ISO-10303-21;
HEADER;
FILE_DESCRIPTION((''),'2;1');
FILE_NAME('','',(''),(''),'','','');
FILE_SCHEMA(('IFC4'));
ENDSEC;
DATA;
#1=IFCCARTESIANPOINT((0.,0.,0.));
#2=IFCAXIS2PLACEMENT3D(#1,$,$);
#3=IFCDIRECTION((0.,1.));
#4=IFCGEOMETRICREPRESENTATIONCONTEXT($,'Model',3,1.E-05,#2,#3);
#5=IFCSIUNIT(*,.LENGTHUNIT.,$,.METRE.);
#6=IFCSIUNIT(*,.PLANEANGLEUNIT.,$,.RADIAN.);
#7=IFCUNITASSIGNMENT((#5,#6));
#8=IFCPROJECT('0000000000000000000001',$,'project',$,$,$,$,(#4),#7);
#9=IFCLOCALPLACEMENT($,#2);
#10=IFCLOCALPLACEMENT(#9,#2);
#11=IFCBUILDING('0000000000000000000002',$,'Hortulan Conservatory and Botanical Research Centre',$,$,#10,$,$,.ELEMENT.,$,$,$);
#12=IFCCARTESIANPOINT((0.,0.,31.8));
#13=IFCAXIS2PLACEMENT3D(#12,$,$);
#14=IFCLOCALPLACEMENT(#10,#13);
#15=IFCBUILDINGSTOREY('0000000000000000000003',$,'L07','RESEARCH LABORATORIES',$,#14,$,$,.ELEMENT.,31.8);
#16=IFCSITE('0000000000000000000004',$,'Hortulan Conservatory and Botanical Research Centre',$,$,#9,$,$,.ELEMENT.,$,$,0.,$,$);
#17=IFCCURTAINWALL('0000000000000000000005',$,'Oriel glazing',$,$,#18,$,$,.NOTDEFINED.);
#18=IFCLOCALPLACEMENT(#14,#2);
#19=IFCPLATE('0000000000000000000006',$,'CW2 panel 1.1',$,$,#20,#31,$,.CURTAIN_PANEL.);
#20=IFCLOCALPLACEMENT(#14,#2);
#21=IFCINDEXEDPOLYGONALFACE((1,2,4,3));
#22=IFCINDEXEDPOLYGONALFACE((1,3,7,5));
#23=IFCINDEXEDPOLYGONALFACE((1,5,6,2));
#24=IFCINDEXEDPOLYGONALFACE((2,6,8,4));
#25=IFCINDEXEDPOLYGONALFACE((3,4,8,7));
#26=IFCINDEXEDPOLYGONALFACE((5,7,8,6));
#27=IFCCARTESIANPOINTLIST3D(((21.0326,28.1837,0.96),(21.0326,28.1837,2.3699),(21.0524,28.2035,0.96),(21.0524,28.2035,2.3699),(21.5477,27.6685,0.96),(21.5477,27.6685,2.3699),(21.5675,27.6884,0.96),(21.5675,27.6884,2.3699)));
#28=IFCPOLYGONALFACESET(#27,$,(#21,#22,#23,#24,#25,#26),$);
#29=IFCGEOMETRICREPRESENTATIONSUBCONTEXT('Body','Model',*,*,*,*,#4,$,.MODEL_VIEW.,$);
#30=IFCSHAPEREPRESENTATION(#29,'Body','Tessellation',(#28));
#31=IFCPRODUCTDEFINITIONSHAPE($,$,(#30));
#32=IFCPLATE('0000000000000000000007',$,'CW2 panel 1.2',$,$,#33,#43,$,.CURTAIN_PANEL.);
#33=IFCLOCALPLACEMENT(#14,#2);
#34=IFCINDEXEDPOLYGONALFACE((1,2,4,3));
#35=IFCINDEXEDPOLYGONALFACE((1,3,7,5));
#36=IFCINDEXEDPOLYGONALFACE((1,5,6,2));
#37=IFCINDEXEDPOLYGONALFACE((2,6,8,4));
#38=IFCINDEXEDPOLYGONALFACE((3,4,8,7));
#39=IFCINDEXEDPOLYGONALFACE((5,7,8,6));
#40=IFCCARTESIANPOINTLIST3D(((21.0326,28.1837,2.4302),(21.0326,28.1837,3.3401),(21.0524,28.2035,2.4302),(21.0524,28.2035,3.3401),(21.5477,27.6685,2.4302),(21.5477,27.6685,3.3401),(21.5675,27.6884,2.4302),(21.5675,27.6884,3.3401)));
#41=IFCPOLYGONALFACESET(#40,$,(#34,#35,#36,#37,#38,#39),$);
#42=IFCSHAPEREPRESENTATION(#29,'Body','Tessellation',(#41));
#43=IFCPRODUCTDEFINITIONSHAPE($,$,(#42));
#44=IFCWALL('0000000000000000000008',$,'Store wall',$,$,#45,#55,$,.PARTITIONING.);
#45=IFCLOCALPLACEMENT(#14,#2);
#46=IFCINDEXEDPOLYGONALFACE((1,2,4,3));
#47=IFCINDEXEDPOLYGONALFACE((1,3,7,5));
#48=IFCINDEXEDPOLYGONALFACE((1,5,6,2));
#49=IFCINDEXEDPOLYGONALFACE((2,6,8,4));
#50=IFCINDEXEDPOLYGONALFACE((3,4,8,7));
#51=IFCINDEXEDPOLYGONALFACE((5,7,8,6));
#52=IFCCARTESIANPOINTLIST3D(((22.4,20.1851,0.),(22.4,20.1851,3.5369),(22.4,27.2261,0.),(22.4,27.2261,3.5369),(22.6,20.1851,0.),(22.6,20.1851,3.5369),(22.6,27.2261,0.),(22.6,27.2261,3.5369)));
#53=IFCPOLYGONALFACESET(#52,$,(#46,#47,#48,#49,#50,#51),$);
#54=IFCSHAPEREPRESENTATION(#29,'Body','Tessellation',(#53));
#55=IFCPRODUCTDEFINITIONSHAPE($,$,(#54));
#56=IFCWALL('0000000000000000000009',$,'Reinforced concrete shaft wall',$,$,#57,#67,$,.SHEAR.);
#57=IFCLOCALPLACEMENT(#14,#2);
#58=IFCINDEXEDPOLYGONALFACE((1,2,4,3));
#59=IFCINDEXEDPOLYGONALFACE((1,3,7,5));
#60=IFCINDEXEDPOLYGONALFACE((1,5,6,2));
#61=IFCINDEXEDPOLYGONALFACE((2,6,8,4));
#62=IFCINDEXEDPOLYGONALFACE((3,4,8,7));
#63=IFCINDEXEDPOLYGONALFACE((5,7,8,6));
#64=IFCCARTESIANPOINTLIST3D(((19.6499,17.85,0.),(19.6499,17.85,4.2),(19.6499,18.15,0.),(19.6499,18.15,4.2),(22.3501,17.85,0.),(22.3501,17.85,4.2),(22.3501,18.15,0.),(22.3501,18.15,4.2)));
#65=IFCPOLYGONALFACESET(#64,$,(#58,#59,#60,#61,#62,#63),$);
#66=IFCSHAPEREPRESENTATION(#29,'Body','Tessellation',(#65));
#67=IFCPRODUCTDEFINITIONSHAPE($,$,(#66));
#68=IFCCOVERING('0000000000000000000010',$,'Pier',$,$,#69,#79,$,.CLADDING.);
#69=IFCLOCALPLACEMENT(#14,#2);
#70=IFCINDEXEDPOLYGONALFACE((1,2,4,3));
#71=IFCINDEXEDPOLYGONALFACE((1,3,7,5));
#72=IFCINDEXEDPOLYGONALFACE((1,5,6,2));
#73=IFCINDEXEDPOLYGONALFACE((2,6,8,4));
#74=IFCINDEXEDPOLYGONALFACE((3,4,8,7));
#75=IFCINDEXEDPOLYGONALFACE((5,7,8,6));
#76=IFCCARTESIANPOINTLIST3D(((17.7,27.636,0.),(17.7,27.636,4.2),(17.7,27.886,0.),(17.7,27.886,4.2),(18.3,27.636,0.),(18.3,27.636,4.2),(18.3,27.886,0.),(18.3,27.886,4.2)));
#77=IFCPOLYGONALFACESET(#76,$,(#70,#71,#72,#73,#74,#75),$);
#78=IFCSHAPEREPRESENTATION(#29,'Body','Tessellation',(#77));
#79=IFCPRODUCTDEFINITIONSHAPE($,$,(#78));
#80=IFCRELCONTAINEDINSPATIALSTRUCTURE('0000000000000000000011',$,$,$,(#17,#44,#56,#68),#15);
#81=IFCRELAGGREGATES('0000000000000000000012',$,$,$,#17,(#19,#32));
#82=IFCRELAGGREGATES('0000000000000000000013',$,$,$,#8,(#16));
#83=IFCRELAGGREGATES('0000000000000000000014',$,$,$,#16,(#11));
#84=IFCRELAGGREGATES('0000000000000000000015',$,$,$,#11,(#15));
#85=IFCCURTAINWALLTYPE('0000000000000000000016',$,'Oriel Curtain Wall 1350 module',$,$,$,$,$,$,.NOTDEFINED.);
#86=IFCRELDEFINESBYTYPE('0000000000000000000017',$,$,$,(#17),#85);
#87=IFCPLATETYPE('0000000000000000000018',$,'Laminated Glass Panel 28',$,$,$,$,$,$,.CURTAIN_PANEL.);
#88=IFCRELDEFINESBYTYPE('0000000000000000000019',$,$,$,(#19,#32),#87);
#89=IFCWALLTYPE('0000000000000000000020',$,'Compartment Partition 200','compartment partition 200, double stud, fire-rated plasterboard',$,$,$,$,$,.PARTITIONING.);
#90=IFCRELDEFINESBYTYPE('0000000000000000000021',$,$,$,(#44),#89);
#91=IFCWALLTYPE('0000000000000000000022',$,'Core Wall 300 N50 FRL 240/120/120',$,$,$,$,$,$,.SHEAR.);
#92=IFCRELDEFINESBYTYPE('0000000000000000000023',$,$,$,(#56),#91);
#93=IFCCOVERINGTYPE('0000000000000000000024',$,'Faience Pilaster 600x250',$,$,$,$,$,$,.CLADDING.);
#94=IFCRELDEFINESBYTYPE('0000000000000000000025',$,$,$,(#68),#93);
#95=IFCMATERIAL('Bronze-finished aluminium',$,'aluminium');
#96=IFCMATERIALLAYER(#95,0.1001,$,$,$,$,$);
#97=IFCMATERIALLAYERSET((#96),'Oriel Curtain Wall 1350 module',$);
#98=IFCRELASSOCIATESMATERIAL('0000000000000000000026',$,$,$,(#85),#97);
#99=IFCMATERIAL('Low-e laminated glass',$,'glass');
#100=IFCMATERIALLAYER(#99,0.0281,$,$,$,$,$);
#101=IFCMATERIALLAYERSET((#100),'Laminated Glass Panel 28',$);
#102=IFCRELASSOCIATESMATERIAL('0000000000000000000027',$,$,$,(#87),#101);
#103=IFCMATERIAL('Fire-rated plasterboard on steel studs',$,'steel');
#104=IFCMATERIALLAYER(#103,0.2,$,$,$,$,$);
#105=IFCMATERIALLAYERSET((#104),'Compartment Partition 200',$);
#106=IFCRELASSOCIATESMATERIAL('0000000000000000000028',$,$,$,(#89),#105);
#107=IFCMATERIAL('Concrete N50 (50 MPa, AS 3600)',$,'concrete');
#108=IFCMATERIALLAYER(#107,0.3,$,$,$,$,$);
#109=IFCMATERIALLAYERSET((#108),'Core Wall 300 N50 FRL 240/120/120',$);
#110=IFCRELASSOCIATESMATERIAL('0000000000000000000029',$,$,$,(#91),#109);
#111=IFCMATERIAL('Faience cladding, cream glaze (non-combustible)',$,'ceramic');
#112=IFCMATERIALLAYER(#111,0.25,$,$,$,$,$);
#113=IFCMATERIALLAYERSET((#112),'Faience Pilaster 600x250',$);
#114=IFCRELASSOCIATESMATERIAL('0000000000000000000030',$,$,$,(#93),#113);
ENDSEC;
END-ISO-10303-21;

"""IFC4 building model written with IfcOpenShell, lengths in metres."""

from ifc_helpers import new_model, si_unit, direction, frame, frame_2d, origin, origin_2d, place, context, subcontext, project, spatial, rectangle, extrude, material, layer, layer_set, type_object, element, aggregate, save


model = new_model("IFC4")

# Units and contexts
model_context = context("Model", 3, precision=1e-05, world=origin(), true_north=direction((0.0, 1.0)))
body_context = subcontext(model_context, "Body", "Model", "MODEL_VIEW")
ifc_project = project(units=[si_unit("LENGTHUNIT", "METRE"), si_unit("PLANEANGLEUNIT", "RADIAN")], contexts=[model_context])

# Site, building, storey
site_placement = place(None, origin())
site = spatial("IfcSite", under=ifc_project, at=site_placement, Name="Hortulan Conservatory and Botanical Research Centre", CompositionType="ELEMENT", RefElevation=0.0)
building_placement = place(site_placement, origin())
building = spatial("IfcBuilding", under=site, at=building_placement, Name="Hortulan Conservatory and Botanical Research Centre", CompositionType="ELEMENT")
storey_placement = place(building_placement, frame((0.0, 0.0, 31.8)))
storey = spatial("IfcBuildingStorey", under=building, at=storey_placement, Name="L07", Description="RESEARCH LABORATORIES", CompositionType="ELEMENT", Elevation=31.8)

# Curtain wall
ifc_material_1 = material(Name="Bronze-finished aluminium", Category="aluminium")
ifc_layer_1 = layer(ifc_material_1, 0.1001)
ifc_layer_set_1 = layer_set([ifc_layer_1], Name="Oriel Curtain Wall 1350 module")
curtain_wall_type = type_object("IfcCurtainWallType", Name="Oriel Curtain Wall 1350 module", PredefinedType="NOTDEFINED", material=ifc_layer_set_1)
curtain_wall_1_placement = place(storey_placement, origin())
curtain_wall_1 = element("IfcCurtainWall", 1, at=curtain_wall_1_placement, inside=storey, type_object=curtain_wall_type, Name="Oriel glazing", PredefinedType="NOTDEFINED")

# Plates
ifc_material_2 = material(Name="Low-e laminated glass", Category="glass")
ifc_layer_2 = layer(ifc_material_2, 0.0281)
ifc_layer_set_2 = layer_set([ifc_layer_2], Name="Laminated Glass Panel 28")
plate_type = type_object("IfcPlateType", Name="Laminated Glass Panel 28", PredefinedType="CURTAIN_PANEL", material=ifc_layer_set_2)
plate_1_placement = place(storey_placement, frame((21.3, 27.936, 0.96), z_axis=(0.0, 0.0, 1.0), x_axis=(0.707107, -0.707107, 0.0)))
plate_1 = element("IfcPlate", 2, at=plate_1_placement, type_object=plate_type, Name="CW2 panel 1.1", PredefinedType="CURTAIN_PANEL", context=body_context, shape_type="SweptSolid", body=[
    extrude(rectangle(XDim=0.7285, YDim=0.0281, at=origin_2d()), origin(), (0.0, 0.0, 1.0), 1.4099),
])
plate_2_placement = place(storey_placement, frame((21.3, 27.936, 2.4302), z_axis=(0.0, 0.0, 1.0), x_axis=(0.707107, -0.707107, 0.0)))
plate_2 = element("IfcPlate", 3, at=plate_2_placement, type_object=plate_type, Name="CW2 panel 1.2", PredefinedType="CURTAIN_PANEL", context=body_context, shape_type="SweptSolid", body=[
    extrude(rectangle(XDim=0.7285, YDim=0.0281, at=origin_2d()), origin(), (0.0, 0.0, 1.0), 0.9099),
])
aggregate(curtain_wall_1, [plate_1, plate_2])

# Walls
ifc_material_3 = material(Name="Fire-rated plasterboard on steel studs", Category="steel")
ifc_layer_3 = layer(ifc_material_3, 0.2)
ifc_layer_set_3 = layer_set([ifc_layer_3], Name="Compartment Partition 200")
wall_type_1 = type_object("IfcWallType", Name="Compartment Partition 200", Description="compartment partition 200, double stud, fire-rated plasterboard", PredefinedType="PARTITIONING", material=ifc_layer_set_3)
wall_1_placement = place(storey_placement, frame((22.5, 20.1851, 0.0), z_axis=(0.0, 0.0, 1.0), x_axis=(0.0, 1.0, 0.0)))
element("IfcWall", 4, at=wall_1_placement, inside=storey, type_object=wall_type_1, Name="Store wall", PredefinedType="PARTITIONING", context=body_context, shape_type="SweptSolid", body=[
    extrude(rectangle(XDim=7.041, YDim=0.2, at=frame_2d((3.5205, 0.0))), origin(), (0.0, 0.0, 1.0), 3.5369),
])
ifc_material_4 = material(Name="Concrete N50 (50 MPa, AS 3600)", Category="concrete")
ifc_layer_4 = layer(ifc_material_4, 0.3)
ifc_layer_set_4 = layer_set([ifc_layer_4], Name="Core Wall 300 N50 FRL 240/120/120")
wall_type_2 = type_object("IfcWallType", Name="Core Wall 300 N50 FRL 240/120/120", PredefinedType="SHEAR", material=ifc_layer_set_4)
wall_2_placement = place(storey_placement, frame((19.6499, 18.0, 0.0), z_axis=(0.0, 0.0, 1.0), x_axis=(1.0, 0.0, 0.0)))
element("IfcWall", 5, at=wall_2_placement, inside=storey, type_object=wall_type_2, Name="Reinforced concrete shaft wall", PredefinedType="SHEAR", context=body_context, shape_type="SweptSolid", body=[
    extrude(rectangle(XDim=2.7002, YDim=0.3, at=frame_2d((1.3501, 0.0))), origin(), (0.0, 0.0, 1.0), 4.2),
])

# Covering
ifc_material_5 = material(Name="Faience cladding, cream glaze (non-combustible)", Category="ceramic")
ifc_layer_5 = layer(ifc_material_5, 0.25)
ifc_layer_set_5 = layer_set([ifc_layer_5], Name="Faience Pilaster 600x250")
covering_type = type_object("IfcCoveringType", Name="Faience Pilaster 600x250", PredefinedType="CLADDING", material=ifc_layer_set_5)
covering_placement = place(storey_placement, frame((18.0, 27.761, 0.0), z_axis=(0.0, 0.0, 1.0), x_axis=(1.0, 0.0, 0.0)))
element("IfcCovering", 6, at=covering_placement, inside=storey, type_object=covering_type, Name="Pier", PredefinedType="CLADDING", context=body_context, shape_type="SweptSolid", body=[
    extrude(rectangle(XDim=0.6001, YDim=0.25, at=origin_2d()), origin(), (0.0, 0.0, 1.0), 4.2),
])

save(model, "model.ifc")
